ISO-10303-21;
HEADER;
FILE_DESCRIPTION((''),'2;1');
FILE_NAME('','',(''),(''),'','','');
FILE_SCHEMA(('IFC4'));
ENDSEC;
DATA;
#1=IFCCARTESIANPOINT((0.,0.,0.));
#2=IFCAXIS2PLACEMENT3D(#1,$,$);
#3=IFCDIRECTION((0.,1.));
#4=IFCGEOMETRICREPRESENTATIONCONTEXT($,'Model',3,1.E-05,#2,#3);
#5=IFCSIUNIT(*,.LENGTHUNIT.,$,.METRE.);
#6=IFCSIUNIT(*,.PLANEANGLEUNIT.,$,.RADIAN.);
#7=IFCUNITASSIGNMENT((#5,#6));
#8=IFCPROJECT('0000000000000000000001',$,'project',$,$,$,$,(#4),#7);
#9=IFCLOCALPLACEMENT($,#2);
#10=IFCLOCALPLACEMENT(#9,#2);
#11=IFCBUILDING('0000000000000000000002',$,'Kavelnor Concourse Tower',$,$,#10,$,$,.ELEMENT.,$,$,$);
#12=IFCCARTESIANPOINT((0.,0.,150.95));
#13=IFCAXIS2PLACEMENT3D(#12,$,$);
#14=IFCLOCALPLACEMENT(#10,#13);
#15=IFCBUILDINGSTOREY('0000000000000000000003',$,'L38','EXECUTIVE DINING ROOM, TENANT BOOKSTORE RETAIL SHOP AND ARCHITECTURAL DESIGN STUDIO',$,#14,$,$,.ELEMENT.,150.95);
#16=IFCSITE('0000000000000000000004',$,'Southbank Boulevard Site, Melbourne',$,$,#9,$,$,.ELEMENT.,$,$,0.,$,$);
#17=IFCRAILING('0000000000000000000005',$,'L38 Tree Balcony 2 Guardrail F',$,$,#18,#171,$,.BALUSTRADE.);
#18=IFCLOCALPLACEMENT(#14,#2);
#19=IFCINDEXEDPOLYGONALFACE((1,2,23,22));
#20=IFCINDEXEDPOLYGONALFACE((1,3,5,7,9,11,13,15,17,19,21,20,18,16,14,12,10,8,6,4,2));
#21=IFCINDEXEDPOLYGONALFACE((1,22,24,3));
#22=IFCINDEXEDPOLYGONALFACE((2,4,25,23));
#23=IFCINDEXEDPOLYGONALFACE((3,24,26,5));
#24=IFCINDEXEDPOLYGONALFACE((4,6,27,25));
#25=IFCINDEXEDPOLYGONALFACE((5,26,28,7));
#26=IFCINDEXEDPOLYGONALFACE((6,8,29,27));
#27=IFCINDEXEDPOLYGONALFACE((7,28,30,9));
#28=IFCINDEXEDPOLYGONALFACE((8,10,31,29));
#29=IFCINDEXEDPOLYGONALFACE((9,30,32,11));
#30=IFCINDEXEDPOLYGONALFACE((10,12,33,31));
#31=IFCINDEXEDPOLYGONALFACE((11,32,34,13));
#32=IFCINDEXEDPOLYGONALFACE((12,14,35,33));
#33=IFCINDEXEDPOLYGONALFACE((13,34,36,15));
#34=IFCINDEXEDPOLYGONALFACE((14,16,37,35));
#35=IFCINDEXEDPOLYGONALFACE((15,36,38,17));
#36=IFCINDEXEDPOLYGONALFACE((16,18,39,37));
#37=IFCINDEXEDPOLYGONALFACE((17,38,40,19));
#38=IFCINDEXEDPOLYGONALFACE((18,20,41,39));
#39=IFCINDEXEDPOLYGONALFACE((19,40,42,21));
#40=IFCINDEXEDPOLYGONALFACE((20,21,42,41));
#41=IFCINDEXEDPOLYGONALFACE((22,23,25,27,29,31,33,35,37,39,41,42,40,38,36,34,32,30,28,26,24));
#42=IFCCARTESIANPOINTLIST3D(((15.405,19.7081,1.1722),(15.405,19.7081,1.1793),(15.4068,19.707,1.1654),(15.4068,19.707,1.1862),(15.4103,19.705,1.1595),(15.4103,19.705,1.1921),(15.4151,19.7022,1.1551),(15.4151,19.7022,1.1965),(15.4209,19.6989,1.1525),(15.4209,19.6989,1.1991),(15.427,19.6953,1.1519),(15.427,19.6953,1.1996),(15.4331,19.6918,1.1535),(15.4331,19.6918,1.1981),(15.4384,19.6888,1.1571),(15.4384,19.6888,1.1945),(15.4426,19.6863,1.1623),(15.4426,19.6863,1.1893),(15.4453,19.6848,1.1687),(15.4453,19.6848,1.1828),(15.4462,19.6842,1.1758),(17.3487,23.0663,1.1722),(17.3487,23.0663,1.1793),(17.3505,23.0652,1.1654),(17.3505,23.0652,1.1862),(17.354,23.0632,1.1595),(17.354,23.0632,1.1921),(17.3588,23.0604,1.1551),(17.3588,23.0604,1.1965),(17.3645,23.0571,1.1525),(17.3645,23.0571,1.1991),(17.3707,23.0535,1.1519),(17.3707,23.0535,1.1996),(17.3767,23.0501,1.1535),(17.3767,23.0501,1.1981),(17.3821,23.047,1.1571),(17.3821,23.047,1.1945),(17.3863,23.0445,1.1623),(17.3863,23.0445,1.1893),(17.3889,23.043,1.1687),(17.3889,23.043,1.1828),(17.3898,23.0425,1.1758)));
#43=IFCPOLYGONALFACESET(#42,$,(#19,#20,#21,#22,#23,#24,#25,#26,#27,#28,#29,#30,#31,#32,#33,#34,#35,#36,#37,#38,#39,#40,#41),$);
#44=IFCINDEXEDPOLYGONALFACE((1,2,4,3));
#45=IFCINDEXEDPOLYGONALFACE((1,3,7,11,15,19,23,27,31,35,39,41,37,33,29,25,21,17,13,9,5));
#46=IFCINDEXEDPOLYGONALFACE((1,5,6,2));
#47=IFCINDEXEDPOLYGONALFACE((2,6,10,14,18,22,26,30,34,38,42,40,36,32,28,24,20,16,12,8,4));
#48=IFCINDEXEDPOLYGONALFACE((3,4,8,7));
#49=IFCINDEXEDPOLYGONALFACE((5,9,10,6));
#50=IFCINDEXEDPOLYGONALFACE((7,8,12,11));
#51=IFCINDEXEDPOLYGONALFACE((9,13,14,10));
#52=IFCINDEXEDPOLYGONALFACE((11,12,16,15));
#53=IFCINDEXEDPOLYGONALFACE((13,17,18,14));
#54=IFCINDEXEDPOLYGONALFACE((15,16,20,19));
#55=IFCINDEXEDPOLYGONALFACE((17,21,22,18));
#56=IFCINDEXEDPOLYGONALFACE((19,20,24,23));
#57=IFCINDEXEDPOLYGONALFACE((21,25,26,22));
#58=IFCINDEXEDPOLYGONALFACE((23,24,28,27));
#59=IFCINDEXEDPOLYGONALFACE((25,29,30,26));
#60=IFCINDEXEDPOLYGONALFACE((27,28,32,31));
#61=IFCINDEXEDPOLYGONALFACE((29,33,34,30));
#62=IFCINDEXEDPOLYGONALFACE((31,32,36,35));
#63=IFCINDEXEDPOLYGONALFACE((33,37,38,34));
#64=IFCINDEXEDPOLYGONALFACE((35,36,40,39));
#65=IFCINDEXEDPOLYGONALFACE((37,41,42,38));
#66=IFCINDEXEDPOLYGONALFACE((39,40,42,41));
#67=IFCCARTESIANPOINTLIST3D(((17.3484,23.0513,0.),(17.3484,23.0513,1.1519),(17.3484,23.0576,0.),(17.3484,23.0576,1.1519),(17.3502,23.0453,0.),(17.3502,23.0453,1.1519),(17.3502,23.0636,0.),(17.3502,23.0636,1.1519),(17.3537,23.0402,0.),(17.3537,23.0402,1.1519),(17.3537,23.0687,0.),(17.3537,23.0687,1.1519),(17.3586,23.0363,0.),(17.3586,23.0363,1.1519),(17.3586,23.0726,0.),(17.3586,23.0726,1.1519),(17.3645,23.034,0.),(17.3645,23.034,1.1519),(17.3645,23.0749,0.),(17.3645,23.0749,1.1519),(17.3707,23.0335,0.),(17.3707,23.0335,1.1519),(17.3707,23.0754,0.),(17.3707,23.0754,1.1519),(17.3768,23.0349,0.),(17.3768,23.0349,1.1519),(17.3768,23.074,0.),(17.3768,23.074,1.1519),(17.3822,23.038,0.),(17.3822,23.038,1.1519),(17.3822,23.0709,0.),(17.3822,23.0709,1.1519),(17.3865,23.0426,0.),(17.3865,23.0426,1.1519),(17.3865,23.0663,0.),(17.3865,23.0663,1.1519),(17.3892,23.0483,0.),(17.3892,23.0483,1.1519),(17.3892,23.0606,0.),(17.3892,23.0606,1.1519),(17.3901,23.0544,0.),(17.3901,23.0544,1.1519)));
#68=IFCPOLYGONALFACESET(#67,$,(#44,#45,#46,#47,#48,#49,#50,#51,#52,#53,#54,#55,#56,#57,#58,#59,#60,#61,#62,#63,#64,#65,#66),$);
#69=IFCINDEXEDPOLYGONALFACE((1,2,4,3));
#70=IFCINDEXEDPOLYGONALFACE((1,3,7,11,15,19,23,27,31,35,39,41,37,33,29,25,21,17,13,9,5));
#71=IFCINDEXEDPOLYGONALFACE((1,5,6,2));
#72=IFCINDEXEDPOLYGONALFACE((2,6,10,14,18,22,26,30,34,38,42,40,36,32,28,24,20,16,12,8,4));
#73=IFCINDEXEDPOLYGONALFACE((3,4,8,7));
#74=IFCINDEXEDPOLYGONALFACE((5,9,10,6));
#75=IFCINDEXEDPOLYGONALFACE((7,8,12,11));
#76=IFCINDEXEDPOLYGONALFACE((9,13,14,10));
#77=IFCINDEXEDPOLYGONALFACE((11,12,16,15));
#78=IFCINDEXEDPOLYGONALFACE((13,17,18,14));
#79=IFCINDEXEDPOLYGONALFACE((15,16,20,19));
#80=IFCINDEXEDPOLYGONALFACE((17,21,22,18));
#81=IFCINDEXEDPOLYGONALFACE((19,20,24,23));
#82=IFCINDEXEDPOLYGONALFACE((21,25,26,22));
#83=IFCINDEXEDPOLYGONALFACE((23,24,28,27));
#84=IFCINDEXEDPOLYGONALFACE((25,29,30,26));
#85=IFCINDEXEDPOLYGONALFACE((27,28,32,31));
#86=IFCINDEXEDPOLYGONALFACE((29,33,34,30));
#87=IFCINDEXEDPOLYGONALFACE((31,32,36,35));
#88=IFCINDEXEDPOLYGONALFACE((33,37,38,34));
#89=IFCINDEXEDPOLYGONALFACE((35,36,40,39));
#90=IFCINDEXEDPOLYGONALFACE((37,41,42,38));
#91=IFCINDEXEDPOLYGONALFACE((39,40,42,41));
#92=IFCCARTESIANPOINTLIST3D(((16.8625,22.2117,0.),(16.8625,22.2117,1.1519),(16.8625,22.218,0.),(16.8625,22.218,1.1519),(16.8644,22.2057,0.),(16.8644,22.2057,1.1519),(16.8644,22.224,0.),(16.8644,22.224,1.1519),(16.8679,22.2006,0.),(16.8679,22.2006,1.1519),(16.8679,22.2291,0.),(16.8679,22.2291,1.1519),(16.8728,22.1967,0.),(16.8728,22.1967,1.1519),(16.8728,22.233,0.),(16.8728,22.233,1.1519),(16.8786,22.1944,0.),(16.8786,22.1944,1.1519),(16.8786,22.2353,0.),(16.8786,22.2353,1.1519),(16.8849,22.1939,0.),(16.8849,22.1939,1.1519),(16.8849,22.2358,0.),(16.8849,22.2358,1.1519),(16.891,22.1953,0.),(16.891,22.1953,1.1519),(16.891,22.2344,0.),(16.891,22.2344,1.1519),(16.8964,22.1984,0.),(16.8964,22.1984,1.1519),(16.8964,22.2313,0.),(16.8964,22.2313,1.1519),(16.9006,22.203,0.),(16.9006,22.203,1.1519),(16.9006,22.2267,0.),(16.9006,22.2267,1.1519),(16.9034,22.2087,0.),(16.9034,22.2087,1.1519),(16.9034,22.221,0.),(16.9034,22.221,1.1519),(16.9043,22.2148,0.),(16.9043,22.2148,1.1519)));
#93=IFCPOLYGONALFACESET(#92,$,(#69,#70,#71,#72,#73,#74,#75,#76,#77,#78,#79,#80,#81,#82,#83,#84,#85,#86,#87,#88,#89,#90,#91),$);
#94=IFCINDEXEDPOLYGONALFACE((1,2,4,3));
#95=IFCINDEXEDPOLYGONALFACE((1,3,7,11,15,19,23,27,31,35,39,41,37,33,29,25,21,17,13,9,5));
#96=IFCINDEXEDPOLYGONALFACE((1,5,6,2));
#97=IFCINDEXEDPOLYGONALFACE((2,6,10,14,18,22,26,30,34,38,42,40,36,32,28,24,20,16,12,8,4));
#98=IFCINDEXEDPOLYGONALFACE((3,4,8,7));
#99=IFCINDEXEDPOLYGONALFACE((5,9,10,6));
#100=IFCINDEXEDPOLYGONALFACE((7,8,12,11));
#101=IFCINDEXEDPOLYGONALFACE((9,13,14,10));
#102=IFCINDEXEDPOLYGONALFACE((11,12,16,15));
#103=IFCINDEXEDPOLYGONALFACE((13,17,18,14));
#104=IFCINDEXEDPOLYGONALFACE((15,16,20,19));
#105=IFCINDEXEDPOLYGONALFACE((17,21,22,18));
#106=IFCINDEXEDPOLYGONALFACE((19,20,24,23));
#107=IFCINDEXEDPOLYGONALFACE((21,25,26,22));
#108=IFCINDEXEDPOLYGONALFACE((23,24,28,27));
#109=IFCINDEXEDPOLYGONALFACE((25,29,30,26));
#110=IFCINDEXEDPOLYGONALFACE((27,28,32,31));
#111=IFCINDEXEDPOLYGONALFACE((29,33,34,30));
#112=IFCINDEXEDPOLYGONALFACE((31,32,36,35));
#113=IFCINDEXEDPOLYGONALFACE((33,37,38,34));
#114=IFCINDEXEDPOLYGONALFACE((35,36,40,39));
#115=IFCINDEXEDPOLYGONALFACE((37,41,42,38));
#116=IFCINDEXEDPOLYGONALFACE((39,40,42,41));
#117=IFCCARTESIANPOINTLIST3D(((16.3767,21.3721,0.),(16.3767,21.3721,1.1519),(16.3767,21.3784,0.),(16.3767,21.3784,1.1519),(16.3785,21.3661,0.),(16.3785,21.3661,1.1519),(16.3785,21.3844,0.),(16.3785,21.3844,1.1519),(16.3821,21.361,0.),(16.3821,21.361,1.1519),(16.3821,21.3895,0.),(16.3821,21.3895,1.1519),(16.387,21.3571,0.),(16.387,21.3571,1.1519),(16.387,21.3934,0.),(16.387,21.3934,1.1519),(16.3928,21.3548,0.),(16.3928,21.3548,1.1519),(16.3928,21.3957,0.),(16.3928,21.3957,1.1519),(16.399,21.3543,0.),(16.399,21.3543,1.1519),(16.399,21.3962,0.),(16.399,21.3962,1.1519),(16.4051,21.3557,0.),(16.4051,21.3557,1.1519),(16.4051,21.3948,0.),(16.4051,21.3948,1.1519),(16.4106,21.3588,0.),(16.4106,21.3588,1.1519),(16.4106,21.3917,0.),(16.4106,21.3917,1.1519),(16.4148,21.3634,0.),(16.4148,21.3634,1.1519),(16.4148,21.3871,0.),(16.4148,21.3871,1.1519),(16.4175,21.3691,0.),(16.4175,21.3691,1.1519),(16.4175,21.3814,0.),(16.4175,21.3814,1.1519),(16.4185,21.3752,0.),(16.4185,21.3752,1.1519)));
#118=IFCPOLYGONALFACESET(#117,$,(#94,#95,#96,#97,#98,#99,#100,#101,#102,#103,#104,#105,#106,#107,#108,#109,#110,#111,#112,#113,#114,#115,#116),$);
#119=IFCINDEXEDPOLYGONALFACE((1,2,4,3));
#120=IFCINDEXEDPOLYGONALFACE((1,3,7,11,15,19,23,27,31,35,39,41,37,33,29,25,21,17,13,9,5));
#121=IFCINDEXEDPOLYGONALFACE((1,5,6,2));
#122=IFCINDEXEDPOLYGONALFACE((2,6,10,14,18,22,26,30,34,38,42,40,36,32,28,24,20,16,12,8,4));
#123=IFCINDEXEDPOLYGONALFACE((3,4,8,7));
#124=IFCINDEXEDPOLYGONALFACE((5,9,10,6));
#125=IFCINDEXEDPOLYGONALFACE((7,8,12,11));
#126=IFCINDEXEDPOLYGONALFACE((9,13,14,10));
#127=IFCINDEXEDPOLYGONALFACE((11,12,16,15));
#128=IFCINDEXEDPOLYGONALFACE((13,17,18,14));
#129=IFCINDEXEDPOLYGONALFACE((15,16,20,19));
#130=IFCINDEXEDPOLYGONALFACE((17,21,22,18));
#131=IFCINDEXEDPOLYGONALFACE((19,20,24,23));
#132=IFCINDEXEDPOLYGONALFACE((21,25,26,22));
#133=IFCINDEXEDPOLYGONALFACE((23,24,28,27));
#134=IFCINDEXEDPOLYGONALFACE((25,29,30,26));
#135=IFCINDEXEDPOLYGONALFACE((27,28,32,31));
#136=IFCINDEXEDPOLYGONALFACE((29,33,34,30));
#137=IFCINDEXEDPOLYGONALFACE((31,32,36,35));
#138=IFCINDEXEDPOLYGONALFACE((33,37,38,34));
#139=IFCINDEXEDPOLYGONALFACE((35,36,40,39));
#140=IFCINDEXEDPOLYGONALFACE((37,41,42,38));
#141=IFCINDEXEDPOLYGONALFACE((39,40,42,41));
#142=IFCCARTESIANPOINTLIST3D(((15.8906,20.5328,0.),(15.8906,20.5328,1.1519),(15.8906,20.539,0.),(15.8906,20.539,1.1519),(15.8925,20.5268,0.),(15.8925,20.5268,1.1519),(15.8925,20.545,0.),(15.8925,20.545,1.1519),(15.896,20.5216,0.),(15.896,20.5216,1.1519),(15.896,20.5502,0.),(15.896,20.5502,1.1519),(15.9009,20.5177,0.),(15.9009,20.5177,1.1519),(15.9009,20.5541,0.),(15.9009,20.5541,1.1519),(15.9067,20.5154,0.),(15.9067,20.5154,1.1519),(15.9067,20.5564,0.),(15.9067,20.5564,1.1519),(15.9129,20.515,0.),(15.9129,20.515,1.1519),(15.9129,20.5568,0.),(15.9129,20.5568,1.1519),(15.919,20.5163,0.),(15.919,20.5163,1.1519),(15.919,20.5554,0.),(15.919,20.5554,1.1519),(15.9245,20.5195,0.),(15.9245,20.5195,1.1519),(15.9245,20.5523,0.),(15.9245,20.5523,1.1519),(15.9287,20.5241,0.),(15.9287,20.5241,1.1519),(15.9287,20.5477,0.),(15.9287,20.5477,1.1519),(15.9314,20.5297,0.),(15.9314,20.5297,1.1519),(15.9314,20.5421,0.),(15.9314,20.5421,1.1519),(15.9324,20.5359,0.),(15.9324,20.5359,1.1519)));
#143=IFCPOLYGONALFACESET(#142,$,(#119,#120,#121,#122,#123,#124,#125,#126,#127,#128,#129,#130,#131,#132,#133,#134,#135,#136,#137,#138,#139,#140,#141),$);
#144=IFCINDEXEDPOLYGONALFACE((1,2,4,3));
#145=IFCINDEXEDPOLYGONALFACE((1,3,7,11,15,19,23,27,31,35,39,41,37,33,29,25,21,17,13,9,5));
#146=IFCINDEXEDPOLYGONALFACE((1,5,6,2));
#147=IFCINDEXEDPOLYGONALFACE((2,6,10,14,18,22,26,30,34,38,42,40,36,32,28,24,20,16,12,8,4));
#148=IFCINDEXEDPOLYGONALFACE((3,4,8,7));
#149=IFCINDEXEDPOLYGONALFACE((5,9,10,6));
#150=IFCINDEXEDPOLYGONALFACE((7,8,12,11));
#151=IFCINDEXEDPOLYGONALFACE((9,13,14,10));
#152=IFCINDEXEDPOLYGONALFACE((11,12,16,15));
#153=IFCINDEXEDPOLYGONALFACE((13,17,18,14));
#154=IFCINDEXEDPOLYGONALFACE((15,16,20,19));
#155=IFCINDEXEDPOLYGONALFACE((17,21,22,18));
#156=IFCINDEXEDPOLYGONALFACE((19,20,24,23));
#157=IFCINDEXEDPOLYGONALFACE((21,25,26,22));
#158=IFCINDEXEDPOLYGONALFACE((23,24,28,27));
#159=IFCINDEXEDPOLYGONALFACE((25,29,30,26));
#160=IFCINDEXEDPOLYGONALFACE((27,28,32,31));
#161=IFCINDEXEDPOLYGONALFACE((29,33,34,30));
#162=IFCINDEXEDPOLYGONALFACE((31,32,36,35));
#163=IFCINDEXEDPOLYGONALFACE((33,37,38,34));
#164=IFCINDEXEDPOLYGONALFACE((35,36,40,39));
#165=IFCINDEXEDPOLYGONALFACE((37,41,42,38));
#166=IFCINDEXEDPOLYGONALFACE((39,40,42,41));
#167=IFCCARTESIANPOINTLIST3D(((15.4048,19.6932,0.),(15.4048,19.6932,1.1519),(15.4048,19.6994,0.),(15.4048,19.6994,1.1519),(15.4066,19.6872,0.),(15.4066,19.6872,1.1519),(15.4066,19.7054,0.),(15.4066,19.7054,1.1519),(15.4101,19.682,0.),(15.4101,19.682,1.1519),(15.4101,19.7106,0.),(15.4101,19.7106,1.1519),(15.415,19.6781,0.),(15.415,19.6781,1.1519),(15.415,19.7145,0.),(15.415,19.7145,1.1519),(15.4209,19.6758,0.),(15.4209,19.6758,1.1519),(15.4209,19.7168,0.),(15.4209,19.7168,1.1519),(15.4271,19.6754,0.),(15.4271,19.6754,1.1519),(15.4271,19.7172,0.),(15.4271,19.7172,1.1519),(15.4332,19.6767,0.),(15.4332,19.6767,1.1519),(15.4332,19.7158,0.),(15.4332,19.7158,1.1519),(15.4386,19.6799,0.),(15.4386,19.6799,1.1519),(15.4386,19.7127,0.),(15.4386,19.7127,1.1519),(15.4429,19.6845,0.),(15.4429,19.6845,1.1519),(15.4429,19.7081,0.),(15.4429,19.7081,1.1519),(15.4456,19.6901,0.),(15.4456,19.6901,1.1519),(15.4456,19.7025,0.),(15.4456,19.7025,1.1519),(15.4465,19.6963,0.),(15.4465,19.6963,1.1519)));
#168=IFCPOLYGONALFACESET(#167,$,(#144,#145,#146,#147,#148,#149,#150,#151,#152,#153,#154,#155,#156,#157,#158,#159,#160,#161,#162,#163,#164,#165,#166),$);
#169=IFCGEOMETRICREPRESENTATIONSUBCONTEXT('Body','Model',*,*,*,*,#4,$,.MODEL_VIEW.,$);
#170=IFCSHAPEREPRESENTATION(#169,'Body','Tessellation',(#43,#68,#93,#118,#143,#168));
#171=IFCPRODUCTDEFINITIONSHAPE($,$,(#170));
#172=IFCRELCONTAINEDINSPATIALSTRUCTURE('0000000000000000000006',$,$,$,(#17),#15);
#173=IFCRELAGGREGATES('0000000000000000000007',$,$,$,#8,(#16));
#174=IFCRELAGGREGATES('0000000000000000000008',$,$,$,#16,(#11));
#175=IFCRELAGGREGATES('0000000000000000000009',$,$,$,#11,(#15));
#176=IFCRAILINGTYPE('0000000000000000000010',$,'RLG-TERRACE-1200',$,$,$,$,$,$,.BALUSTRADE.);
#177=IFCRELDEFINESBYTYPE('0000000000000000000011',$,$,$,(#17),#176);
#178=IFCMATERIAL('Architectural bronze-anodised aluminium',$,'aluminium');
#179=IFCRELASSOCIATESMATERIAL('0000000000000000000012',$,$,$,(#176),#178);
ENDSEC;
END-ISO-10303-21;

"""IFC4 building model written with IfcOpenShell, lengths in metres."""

from ifc_helpers import new_model, si_unit, direction, frame, origin, origin_2d, place, context, subcontext, project, spatial, circle, extrude, material, type_object, element, save


model = new_model("IFC4")

# Units and contexts
model_context = context("Model", 3, precision=1e-05, world=origin(), true_north=direction((0.0, 1.0)))
body_context = subcontext(model_context, "Body", "Model", "MODEL_VIEW")
ifc_project = project(units=[si_unit("LENGTHUNIT", "METRE"), si_unit("PLANEANGLEUNIT", "RADIAN")], contexts=[model_context])

# Site, building, storey
site_placement = place(None, origin())
site = spatial("IfcSite", under=ifc_project, at=site_placement, Name="Southbank Boulevard Site, Melbourne", CompositionType="ELEMENT", RefElevation=0.0)
building_placement = place(site_placement, origin())
building = spatial("IfcBuilding", under=site, at=building_placement, Name="Kavelnor Concourse Tower", CompositionType="ELEMENT")
storey_placement = place(building_placement, frame((0.0, 0.0, 150.95)))
storey = spatial("IfcBuildingStorey", under=building, at=storey_placement, Name="L38", Description="EXECUTIVE DINING ROOM, TENANT BOOKSTORE RETAIL SHOP AND ARCHITECTURAL DESIGN STUDIO", CompositionType="ELEMENT", Elevation=150.95)

# Railing
ifc_material_1 = material(Name="Architectural bronze-anodised aluminium", Category="aluminium")
railing_type = type_object("IfcRailingType", Name="RLG-TERRACE-1200", PredefinedType="BALUSTRADE", material=ifc_material_1)
railing_1_placement = place(storey_placement, frame((17.3691, 23.0544, 0.0)))
element("IfcRailing", 1, at=railing_1_placement, inside=storey, type_object=railing_type, Name="L38 Tree Balcony 2 Guardrail F", PredefinedType="BALUSTRADE", context=body_context, shape_type="SweptSolid", body=[
    extrude(circle(Radius=0.0239, at=origin_2d()), frame((0.0, 0.0, 1.1758), z_axis=(-0.500922, -0.865492, 0.0), x_axis=(0.865492, -0.500922, 0.0)), (0.0, 0.0, 1.0), 3.8801),
    extrude(circle(Radius=0.021, at=origin_2d()), origin(), (0.0, 0.0, 1.0), 1.1519),
    extrude(circle(Radius=0.021, at=origin_2d()), frame((-0.4858, -0.8396, 0.0)), (0.0, 0.0, 1.0), 1.1519),
    extrude(circle(Radius=0.021, at=origin_2d()), frame((-0.9717, -1.6792, 0.0)), (0.0, 0.0, 1.0), 1.1519),
    extrude(circle(Radius=0.021, at=origin_2d()), frame((-1.4578, -2.5186, 0.0)), (0.0, 0.0, 1.0), 1.1519),
    extrude(circle(Radius=0.021, at=origin_2d()), frame((-1.9436, -3.3582, 0.0)), (0.0, 0.0, 1.0), 1.1519),
])

save(model, "model.ifc")
